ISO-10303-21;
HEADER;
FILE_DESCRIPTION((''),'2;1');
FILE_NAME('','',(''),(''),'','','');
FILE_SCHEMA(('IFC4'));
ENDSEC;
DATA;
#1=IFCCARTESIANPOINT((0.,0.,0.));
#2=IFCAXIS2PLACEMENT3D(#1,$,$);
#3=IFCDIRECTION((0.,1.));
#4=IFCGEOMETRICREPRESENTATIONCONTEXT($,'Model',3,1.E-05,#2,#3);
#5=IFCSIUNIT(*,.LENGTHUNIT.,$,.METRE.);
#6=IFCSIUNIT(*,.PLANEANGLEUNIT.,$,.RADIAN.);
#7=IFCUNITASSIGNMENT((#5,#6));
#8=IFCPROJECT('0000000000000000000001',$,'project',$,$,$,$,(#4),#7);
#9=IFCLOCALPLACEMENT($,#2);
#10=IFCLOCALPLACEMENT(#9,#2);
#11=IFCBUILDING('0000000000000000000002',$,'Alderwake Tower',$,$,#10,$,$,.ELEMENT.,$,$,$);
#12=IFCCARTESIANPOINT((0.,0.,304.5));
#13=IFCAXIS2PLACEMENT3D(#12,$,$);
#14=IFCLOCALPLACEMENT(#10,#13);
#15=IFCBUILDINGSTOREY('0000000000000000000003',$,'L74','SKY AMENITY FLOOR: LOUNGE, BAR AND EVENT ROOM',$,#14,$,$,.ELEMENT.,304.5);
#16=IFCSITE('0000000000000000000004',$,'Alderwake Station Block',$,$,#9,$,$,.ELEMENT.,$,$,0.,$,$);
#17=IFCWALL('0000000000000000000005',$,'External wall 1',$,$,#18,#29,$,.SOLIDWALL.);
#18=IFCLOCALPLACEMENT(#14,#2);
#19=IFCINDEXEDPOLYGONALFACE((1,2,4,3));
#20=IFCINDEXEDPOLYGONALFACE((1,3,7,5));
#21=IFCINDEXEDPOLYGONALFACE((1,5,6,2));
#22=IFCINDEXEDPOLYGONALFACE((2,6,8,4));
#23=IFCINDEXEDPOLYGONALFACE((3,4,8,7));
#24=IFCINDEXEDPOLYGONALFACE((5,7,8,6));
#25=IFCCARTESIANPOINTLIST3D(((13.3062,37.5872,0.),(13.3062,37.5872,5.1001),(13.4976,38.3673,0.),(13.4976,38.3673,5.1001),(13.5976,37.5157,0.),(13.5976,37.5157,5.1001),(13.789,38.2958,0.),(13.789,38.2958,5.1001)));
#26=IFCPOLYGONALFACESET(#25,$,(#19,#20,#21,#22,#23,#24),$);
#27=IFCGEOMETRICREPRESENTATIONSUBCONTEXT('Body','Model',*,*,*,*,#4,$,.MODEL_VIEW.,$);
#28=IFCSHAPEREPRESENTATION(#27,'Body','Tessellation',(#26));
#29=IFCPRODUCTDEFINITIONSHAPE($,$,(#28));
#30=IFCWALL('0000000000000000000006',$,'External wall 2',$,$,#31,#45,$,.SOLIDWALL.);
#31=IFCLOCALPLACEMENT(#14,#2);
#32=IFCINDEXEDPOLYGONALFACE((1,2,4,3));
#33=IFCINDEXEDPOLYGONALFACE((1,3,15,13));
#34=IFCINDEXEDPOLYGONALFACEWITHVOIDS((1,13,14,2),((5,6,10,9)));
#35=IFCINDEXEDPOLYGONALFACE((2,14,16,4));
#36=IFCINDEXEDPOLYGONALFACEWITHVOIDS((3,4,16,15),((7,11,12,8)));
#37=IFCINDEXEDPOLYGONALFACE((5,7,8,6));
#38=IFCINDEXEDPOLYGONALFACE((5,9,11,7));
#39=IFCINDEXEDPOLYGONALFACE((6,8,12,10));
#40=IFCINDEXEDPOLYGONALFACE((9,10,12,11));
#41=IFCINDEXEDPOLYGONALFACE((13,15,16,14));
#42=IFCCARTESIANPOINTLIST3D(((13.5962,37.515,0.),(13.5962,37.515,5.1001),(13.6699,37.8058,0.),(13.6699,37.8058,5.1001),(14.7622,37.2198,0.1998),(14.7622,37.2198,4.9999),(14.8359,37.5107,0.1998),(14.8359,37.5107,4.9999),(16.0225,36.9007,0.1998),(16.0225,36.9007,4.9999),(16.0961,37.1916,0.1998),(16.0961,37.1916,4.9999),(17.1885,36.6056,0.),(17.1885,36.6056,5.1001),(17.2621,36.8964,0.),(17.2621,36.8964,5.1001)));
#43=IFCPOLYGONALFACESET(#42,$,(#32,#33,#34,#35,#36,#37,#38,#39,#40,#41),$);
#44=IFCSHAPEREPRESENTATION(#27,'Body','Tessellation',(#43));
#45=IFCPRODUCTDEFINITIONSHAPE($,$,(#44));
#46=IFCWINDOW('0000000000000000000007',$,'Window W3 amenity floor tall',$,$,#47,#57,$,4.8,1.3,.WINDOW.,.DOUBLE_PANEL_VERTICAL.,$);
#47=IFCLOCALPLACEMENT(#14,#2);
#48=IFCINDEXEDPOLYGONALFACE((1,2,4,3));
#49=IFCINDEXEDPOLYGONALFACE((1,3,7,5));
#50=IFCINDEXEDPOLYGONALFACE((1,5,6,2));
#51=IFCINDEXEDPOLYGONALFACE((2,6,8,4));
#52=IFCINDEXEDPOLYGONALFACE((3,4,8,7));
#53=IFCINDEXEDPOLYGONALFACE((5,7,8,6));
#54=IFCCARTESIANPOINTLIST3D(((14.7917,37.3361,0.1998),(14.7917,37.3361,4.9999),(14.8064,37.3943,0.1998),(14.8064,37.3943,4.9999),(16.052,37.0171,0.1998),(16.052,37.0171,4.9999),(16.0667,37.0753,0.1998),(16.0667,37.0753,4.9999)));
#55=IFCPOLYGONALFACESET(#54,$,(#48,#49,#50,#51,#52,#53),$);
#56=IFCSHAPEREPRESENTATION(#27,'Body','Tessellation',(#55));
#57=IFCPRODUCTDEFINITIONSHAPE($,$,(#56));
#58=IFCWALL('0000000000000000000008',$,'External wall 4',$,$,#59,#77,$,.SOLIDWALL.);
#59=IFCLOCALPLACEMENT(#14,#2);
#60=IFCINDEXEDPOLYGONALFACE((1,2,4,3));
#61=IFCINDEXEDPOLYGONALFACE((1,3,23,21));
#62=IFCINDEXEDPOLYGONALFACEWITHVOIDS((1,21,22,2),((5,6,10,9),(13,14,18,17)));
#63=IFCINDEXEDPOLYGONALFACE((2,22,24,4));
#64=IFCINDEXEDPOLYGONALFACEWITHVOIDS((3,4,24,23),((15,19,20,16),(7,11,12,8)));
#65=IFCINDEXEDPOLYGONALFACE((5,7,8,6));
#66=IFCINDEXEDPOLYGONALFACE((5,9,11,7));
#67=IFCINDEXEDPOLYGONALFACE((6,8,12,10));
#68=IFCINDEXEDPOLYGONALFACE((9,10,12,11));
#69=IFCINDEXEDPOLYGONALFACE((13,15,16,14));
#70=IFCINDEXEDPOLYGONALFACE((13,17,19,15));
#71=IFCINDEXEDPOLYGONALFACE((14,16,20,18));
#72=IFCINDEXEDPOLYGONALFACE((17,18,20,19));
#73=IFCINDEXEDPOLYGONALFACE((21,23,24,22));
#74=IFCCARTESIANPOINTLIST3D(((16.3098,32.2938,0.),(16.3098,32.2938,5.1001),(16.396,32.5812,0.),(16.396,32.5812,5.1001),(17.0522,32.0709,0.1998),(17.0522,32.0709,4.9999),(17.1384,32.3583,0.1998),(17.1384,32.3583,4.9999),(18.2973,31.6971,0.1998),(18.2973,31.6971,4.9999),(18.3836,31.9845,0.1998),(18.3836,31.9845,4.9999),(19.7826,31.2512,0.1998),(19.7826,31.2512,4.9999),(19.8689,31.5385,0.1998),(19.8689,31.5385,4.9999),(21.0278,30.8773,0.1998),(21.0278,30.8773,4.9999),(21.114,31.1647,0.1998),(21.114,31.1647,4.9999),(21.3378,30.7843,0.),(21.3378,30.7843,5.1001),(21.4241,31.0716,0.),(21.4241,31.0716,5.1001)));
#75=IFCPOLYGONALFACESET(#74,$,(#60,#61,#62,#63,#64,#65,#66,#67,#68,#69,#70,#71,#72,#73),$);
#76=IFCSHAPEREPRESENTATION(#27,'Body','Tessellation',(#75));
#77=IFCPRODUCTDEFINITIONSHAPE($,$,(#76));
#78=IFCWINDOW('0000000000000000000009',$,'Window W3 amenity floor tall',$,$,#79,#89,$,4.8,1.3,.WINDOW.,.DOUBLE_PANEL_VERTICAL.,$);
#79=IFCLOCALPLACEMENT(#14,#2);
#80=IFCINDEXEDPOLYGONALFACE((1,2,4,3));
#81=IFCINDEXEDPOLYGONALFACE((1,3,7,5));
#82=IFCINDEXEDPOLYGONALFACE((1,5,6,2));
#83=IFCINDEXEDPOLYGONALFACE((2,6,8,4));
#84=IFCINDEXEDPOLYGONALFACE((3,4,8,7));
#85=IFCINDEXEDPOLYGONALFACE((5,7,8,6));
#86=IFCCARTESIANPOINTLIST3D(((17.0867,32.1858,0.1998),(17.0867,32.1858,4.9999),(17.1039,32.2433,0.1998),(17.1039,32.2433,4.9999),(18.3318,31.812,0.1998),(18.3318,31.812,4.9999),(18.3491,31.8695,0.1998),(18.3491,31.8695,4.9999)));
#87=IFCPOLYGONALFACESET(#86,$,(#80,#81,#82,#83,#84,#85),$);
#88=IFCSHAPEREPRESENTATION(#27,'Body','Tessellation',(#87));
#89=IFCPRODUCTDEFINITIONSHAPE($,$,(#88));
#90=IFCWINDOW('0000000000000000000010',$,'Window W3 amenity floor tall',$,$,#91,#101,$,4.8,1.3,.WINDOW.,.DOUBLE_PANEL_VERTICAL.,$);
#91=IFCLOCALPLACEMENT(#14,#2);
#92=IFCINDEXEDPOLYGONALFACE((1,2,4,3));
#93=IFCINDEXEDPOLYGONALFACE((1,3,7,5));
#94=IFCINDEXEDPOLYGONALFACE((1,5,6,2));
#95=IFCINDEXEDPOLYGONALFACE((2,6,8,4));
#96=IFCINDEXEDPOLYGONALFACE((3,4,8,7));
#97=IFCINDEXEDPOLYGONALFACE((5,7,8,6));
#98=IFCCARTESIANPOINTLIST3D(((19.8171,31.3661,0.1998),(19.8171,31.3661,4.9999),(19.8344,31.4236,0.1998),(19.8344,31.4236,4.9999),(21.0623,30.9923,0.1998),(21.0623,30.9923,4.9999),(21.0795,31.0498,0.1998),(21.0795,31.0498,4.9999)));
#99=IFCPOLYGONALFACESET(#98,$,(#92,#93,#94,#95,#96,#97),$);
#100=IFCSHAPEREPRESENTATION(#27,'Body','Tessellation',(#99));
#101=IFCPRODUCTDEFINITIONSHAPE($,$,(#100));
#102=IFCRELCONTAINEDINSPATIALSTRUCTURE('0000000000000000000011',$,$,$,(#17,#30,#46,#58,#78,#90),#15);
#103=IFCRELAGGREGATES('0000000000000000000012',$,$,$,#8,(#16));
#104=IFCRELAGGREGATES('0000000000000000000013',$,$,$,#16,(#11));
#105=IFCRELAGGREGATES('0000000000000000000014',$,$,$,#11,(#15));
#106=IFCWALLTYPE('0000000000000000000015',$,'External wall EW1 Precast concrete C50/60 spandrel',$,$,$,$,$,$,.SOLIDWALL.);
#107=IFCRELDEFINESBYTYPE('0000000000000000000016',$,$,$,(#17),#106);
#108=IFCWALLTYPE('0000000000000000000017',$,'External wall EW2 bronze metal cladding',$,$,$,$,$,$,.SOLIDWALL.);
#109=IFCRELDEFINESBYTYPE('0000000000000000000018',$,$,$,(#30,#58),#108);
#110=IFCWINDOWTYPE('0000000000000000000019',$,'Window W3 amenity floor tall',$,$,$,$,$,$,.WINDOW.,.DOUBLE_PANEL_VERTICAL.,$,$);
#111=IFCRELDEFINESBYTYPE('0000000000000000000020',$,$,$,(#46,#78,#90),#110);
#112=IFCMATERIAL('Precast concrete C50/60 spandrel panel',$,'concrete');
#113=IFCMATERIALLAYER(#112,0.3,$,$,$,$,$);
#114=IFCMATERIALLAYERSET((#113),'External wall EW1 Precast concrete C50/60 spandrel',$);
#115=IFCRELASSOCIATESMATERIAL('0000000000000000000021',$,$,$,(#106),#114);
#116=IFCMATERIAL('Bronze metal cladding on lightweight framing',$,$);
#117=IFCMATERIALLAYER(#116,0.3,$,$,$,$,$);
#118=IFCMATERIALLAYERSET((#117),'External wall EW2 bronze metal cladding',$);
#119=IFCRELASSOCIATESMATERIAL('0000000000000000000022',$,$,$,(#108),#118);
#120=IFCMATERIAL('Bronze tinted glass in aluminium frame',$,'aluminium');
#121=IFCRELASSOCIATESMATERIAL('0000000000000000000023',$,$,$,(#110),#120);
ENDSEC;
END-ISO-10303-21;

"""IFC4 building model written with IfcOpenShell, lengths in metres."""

from ifc_helpers import new_model, si_unit, direction, frame, frame_2d, origin, place, context, subcontext, project, spatial, rectangle, extrude, material, layer, layer_set, type_object, element, fill, save


model = new_model("IFC4")

# Units and contexts
model_context = context("Model", 3, precision=1e-05, world=origin(), true_north=direction((0.0, 1.0)))
body_context = subcontext(model_context, "Body", "Model", "MODEL_VIEW")
ifc_project = project(units=[si_unit("LENGTHUNIT", "METRE"), si_unit("PLANEANGLEUNIT", "RADIAN")], contexts=[model_context])

# Site, building, storey
site_placement = place(None, origin())
site = spatial("IfcSite", under=ifc_project, at=site_placement, Name="Alderwake Station Block", CompositionType="ELEMENT", RefElevation=0.0)
building_placement = place(site_placement, origin())
building = spatial("IfcBuilding", under=site, at=building_placement, Name="Alderwake Tower", CompositionType="ELEMENT")
storey_placement = place(building_placement, frame((0.0, 0.0, 304.5)))
storey = spatial("IfcBuildingStorey", under=building, at=storey_placement, Name="L74", Description="SKY AMENITY FLOOR: LOUNGE, BAR AND EVENT ROOM", CompositionType="ELEMENT", Elevation=304.5)

# Wall
ifc_material_1 = material(Name="Precast concrete C50/60 spandrel panel", Category="concrete")
ifc_layer_1 = layer(ifc_material_1, 0.3)
ifc_layer_set_1 = layer_set([ifc_layer_1], Name="External wall EW1 Precast concrete C50/60 spandrel")
wall_type_1 = type_object("IfcWallType", Name="External wall EW1 Precast concrete C50/60 spandrel", PredefinedType="SOLIDWALL", material=ifc_layer_set_1)
wall_1_placement = place(storey_placement, frame((13.6433, 38.3315, 0.0), z_axis=(0.0, 0.0, 1.0), x_axis=(-0.238313, -0.971188, 0.0)))
element("IfcWall", 1, at=wall_1_placement, inside=storey, type_object=wall_type_1, Name="External wall 1", PredefinedType="SOLIDWALL", context=body_context, shape_type="SweptSolid", body=[
    extrude(rectangle(XDim=0.8032, YDim=0.3, at=frame_2d((0.4016, 0.0))), origin(), (0.0, 0.0, 1.0), 5.1001),
])

# Wall, opening, window
ifc_material_2 = material(Name="Bronze metal cladding on lightweight framing")
ifc_layer_2 = layer(ifc_material_2, 0.3)
ifc_layer_set_2 = layer_set([ifc_layer_2], Name="External wall EW2 bronze metal cladding")
wall_type_2 = type_object("IfcWallType", Name="External wall EW2 bronze metal cladding", PredefinedType="SOLIDWALL", material=ifc_layer_set_2)
wall_2_placement = place(storey_placement, frame((13.6331, 37.6604, 0.0), z_axis=(0.0, 0.0, 1.0), x_axis=(0.969417, -0.245418, 0.0)))
wall_2 = element("IfcWall", 2, at=wall_2_placement, inside=storey, type_object=wall_type_2, Name="External wall 2", PredefinedType="SOLIDWALL", context=body_context, shape_type="SweptSolid", body=[
    extrude(rectangle(XDim=3.7056, YDim=0.3, at=frame_2d((1.8528, 0.0))), origin(), (0.0, 0.0, 1.0), 5.1001),
])
opening_1_placement = place(wall_2_placement, frame((1.2029, 0.0, 0.2)))
opening_1 = element("IfcOpeningElement", 3, at=opening_1_placement, cuts=wall_2, PredefinedType="OPENING", context=body_context, shape_type="SweptSolid", body=[
    extrude(rectangle(XDim=1.3, YDim=4.8, at=frame_2d((0.6499, 2.3999))), frame((0.0, 0.1599, 0.0), z_axis=(0.0, -1.0, 0.0), x_axis=(1.0, 0.0, 0.0)), (0.0, 0.0, 1.0), 0.3201),
])
ifc_material_3 = material(Name="Bronze tinted glass in aluminium frame", Category="aluminium")
window_type = type_object("IfcWindowType", Name="Window W3 amenity floor tall", PartitioningType="DOUBLE_PANEL_VERTICAL", PredefinedType="WINDOW", material=ifc_material_3)
window_1_placement = place(opening_1_placement, origin())
window_1 = element("IfcWindow", 4, at=window_1_placement, inside=storey, type_object=window_type, Name="Window W3 amenity floor tall", OverallHeight=4.8, OverallWidth=1.3, PartitioningType="DOUBLE_PANEL_VERTICAL", PredefinedType="WINDOW", context=body_context, shape_type="SweptSolid", body=[
    extrude(rectangle(XDim=1.3, YDim=4.8, at=frame_2d((0.6499, 2.3999))), frame((0.0, 0.03, 0.0), z_axis=(0.0, -1.0, 0.0), x_axis=(1.0, 0.0, 0.0)), (0.0, 0.0, 1.0), 0.0601),
])
fill(opening_1, window_1)

# Wall, openings, windows
wall_3_placement = place(storey_placement, frame((16.3528, 32.4375, 0.0), z_axis=(0.0, 0.0, 1.0), x_axis=(0.957769, -0.28754, 0.0)))
wall_3 = element("IfcWall", 5, at=wall_3_placement, inside=storey, type_object=wall_type_2, Name="External wall 4", PredefinedType="SOLIDWALL", context=body_context, shape_type="SweptSolid", body=[
    extrude(rectangle(XDim=5.2498, YDim=0.3, at=frame_2d((2.625, 0.0))), origin(), (0.0, 0.0, 1.0), 5.1001),
])
opening_2_placement = place(wall_3_placement, frame((0.7754, 0.0, 0.2)))
opening_2 = element("IfcOpeningElement", 6, at=opening_2_placement, cuts=wall_3, PredefinedType="OPENING", context=body_context, shape_type="SweptSolid", body=[
    extrude(rectangle(XDim=1.3, YDim=4.8, at=frame_2d((0.6499, 2.3999))), frame((0.0, 0.1599, 0.0), z_axis=(0.0, -1.0, 0.0), x_axis=(1.0, 0.0, 0.0)), (0.0, 0.0, 1.0), 0.3201),
])
opening_3_placement = place(wall_3_placement, frame((3.6262, 0.0, 0.2)))
opening_3 = element("IfcOpeningElement", 7, at=opening_3_placement, cuts=wall_3, PredefinedType="OPENING", context=body_context, shape_type="SweptSolid", body=[
    extrude(rectangle(XDim=1.3, YDim=4.8, at=frame_2d((0.6499, 2.3999))), frame((0.0, 0.1599, 0.0), z_axis=(0.0, -1.0, 0.0), x_axis=(1.0, 0.0, 0.0)), (0.0, 0.0, 1.0), 0.3201),
])
window_2_placement = place(opening_2_placement, origin())
window_2 = element("IfcWindow", 8, at=window_2_placement, inside=storey, type_object=window_type, Name="Window W3 amenity floor tall", OverallHeight=4.8, OverallWidth=1.3, PartitioningType="DOUBLE_PANEL_VERTICAL", PredefinedType="WINDOW", context=body_context, shape_type="SweptSolid", body=[
    extrude(rectangle(XDim=1.3, YDim=4.8, at=frame_2d((0.6499, 2.3999))), frame((0.0, 0.03, 0.0), z_axis=(0.0, -1.0, 0.0), x_axis=(1.0, 0.0, 0.0)), (0.0, 0.0, 1.0), 0.0601),
])
fill(opening_2, window_2)
window_3_placement = place(opening_3_placement, origin())
window_3 = element("IfcWindow", 9, at=window_3_placement, inside=storey, type_object=window_type, Name="Window W3 amenity floor tall", OverallHeight=4.8, OverallWidth=1.3, PartitioningType="DOUBLE_PANEL_VERTICAL", PredefinedType="WINDOW", context=body_context, shape_type="SweptSolid", body=[
    extrude(rectangle(XDim=1.3, YDim=4.8, at=frame_2d((0.6499, 2.3999))), frame((0.0, 0.03, 0.0), z_axis=(0.0, -1.0, 0.0), x_axis=(1.0, 0.0, 0.0)), (0.0, 0.0, 1.0), 0.0601),
])
fill(opening_3, window_3)

save(model, "model.ifc")
